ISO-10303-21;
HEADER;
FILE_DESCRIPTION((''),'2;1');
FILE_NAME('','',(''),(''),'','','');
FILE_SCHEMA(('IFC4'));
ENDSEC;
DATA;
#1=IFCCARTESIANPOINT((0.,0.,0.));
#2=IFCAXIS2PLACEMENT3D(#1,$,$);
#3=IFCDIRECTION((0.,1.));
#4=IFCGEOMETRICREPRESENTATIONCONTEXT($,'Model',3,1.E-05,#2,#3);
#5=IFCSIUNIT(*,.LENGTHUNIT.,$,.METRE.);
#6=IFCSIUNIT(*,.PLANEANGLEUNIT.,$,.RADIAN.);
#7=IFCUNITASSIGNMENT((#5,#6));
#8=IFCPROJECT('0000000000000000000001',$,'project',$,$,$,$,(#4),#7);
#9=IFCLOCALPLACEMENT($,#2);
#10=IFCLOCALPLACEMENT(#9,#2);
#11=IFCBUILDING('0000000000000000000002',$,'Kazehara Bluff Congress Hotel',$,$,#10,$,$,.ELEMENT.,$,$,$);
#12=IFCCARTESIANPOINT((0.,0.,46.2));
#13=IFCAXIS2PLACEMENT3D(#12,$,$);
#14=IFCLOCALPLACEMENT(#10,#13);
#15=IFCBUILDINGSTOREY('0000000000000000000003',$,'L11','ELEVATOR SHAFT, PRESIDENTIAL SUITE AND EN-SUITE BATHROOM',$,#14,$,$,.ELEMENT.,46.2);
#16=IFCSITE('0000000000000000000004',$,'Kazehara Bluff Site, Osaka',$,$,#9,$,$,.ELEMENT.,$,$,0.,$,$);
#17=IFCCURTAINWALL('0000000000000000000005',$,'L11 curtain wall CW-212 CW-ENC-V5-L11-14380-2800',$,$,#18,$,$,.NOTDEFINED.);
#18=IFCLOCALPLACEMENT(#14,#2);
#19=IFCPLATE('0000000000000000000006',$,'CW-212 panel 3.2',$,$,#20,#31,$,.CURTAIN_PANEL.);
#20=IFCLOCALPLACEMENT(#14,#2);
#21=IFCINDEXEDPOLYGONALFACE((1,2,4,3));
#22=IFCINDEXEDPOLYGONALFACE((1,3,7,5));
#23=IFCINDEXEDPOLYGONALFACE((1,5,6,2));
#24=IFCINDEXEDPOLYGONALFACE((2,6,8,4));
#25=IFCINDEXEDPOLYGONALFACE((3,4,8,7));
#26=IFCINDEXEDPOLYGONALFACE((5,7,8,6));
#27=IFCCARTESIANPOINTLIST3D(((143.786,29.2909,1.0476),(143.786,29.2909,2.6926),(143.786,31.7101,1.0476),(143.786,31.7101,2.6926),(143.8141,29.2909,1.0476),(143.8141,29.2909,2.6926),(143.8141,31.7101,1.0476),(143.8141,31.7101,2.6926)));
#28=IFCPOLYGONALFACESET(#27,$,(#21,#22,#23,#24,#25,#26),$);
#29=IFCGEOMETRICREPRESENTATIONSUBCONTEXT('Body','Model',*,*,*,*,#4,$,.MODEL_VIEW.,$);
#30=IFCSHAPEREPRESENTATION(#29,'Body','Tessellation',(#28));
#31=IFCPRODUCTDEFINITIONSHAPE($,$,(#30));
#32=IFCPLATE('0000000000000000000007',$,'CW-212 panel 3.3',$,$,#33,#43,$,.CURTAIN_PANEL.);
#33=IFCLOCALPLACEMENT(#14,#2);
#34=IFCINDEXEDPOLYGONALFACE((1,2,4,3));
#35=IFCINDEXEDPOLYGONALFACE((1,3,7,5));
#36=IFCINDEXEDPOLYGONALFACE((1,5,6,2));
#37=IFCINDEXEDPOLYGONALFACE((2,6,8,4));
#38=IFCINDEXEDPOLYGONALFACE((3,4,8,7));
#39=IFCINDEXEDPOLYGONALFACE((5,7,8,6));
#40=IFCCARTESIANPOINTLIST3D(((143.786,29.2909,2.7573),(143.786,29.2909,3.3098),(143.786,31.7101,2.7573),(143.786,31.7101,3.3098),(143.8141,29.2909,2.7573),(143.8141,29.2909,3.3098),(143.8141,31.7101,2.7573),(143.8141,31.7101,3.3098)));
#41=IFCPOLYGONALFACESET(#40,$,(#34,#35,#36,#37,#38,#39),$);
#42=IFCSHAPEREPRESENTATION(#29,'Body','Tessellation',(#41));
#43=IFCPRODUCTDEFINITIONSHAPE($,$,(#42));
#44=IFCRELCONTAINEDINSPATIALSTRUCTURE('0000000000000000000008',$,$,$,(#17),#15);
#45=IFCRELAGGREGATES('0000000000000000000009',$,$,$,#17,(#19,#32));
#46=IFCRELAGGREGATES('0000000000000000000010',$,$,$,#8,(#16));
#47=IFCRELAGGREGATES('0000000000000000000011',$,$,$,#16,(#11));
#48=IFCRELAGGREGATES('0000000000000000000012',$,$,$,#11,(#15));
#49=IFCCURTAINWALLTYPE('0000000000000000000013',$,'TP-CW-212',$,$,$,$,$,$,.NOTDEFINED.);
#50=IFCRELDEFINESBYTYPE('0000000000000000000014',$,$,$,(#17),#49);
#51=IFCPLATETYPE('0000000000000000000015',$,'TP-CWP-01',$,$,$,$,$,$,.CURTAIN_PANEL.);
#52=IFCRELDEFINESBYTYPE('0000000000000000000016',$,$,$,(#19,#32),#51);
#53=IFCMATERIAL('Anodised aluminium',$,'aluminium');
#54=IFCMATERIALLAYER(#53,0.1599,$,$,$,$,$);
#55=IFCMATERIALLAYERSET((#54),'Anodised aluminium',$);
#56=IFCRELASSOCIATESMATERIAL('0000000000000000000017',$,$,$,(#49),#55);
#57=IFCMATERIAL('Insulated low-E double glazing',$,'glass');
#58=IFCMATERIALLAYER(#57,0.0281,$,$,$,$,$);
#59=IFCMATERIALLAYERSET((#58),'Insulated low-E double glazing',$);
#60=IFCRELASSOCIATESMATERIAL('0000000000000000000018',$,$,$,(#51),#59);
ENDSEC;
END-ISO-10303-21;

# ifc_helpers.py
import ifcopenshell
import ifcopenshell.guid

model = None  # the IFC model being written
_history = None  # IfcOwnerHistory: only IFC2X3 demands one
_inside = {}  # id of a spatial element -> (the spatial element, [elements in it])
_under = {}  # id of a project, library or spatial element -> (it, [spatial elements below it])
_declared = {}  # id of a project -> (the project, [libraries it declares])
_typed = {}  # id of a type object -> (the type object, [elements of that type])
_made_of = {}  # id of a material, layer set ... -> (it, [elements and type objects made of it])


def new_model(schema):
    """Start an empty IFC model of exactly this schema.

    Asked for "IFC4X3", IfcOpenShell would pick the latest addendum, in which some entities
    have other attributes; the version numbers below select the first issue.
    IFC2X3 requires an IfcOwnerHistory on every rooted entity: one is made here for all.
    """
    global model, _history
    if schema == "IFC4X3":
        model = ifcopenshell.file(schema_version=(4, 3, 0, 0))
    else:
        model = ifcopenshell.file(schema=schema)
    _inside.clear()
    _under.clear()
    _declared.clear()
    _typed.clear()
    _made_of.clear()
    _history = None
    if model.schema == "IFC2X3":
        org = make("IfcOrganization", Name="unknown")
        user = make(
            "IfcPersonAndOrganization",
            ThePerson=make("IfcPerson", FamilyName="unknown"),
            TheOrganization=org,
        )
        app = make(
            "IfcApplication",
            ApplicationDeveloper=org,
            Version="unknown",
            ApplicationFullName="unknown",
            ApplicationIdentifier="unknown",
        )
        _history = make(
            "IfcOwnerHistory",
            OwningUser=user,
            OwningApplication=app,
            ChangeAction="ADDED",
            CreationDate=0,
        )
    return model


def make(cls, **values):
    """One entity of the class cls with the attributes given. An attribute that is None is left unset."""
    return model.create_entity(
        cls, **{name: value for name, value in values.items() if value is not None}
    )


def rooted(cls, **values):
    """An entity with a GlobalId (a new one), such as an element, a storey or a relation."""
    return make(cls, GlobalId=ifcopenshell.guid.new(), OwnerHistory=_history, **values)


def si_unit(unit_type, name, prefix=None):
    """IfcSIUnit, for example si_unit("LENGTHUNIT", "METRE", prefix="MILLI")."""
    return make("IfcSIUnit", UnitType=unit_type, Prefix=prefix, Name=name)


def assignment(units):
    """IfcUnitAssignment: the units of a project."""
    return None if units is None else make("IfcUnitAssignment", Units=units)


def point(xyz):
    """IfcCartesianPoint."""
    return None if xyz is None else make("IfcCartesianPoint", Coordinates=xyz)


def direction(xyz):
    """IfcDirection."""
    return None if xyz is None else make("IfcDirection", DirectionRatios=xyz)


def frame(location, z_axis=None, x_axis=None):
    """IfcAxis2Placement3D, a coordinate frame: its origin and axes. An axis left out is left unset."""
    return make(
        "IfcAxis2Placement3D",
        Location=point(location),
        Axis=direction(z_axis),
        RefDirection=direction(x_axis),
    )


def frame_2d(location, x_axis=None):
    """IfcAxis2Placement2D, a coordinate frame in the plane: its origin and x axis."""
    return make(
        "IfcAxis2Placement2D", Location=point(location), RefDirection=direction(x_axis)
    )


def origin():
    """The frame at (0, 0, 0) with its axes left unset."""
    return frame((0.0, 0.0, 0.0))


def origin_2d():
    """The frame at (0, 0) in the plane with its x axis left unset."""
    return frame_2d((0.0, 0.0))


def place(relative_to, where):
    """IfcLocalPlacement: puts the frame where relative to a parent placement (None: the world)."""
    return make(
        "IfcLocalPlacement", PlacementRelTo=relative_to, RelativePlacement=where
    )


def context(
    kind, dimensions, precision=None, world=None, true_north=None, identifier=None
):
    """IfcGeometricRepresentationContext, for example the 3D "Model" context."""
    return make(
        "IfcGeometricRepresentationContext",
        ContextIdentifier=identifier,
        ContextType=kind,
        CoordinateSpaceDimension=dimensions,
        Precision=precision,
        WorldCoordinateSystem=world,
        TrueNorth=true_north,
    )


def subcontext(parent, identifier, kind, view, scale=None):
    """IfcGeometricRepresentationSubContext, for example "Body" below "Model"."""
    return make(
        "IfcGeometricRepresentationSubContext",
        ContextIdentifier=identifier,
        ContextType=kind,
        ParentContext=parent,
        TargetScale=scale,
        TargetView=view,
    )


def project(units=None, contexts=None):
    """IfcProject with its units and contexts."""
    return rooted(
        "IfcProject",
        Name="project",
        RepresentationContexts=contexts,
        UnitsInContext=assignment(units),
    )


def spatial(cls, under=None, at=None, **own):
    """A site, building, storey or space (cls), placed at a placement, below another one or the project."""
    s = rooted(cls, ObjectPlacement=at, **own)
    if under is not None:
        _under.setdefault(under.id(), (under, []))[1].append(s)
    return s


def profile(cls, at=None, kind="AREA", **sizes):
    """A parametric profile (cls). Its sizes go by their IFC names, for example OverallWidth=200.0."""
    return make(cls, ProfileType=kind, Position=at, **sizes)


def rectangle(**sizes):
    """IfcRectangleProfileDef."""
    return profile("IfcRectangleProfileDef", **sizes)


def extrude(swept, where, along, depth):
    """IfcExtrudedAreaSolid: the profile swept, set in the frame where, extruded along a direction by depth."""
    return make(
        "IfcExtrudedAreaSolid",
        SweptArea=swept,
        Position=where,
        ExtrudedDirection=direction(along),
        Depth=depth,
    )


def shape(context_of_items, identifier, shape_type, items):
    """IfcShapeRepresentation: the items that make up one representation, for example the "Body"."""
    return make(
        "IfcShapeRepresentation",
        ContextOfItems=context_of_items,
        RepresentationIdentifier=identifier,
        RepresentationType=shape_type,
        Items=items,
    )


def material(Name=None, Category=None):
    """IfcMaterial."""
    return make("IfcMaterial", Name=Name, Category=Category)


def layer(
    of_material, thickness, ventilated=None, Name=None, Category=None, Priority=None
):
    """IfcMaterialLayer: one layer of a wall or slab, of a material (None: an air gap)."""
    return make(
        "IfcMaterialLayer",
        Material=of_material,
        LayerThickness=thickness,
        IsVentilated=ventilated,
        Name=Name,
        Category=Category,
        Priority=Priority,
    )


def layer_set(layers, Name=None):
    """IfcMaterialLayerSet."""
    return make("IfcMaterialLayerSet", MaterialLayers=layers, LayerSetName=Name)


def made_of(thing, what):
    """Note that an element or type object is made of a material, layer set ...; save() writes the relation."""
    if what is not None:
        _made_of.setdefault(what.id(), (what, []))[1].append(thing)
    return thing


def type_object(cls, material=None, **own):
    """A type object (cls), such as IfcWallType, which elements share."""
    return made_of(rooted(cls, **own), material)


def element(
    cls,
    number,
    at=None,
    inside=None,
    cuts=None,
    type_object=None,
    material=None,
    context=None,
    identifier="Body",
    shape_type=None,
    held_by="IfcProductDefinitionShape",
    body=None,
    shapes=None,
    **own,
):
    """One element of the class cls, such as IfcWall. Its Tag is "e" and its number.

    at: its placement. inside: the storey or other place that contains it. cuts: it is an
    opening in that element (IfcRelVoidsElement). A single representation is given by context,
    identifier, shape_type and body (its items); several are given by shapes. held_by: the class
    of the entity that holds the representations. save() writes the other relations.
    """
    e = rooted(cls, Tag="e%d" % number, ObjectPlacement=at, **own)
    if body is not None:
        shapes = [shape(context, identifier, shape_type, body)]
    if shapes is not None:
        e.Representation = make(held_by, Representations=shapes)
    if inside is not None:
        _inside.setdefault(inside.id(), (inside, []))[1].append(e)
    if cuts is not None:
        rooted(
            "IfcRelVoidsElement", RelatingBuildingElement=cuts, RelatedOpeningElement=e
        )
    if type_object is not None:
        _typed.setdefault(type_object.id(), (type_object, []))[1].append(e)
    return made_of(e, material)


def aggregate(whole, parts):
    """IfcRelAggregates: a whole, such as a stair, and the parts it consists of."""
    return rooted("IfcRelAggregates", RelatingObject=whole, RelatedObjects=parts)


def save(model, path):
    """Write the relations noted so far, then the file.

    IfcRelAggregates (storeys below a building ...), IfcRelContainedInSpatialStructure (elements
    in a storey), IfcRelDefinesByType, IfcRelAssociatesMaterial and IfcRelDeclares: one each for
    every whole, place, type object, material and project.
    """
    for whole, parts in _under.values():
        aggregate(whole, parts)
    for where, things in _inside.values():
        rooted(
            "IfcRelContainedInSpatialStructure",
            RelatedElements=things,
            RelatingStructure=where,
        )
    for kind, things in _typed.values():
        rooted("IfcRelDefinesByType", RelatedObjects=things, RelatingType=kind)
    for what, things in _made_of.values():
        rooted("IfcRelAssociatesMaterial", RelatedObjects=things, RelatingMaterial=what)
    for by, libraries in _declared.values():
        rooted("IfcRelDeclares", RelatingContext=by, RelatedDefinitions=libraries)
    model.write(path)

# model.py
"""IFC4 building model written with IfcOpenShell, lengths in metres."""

from ifc_helpers import new_model, si_unit, direction, frame, origin, origin_2d, place, context, subcontext, project, spatial, rectangle, extrude, material, layer, layer_set, type_object, element, aggregate, save


model = new_model("IFC4")

# Units and contexts
model_context = context("Model", 3, precision=1e-05, world=origin(), true_north=direction((0.0, 1.0)))
body_context = subcontext(model_context, "Body", "Model", "MODEL_VIEW")
ifc_project = project(units=[si_unit("LENGTHUNIT", "METRE"), si_unit("PLANEANGLEUNIT", "RADIAN")], contexts=[model_context])

# Site, building, storey
site_placement = place(None, origin())
site = spatial("IfcSite", under=ifc_project, at=site_placement, Name="Kazehara Bluff Site, Osaka", CompositionType="ELEMENT", RefElevation=0.0)
building_placement = place(site_placement, origin())
building = spatial("IfcBuilding", under=site, at=building_placement, Name="Kazehara Bluff Congress Hotel", CompositionType="ELEMENT")
storey_placement = place(building_placement, frame((0.0, 0.0, 46.2)))
storey = spatial("IfcBuildingStorey", under=building, at=storey_placement, Name="L11", Description="ELEVATOR SHAFT, PRESIDENTIAL SUITE AND EN-SUITE BATHROOM", CompositionType="ELEMENT", Elevation=46.2)

# Curtain wall
ifc_material_1 = material(Name="Anodised aluminium", Category="aluminium")
ifc_layer_1 = layer(ifc_material_1, 0.1599)
ifc_layer_set_1 = layer_set([ifc_layer_1], Name="Anodised aluminium")
curtain_wall_type_1 = type_object("IfcCurtainWallType", Name="TP-CW-212", PredefinedType="NOTDEFINED", material=ifc_layer_set_1)
curtain_wall_1_placement = place(storey_placement, origin())
curtain_wall_1 = element("IfcCurtainWall", 1, at=curtain_wall_1_placement, inside=storey, type_object=curtain_wall_type_1, Name="L11 curtain wall CW-212 CW-ENC-V5-L11-14380-2800", PredefinedType="NOTDEFINED")

# Plates
ifc_material_2 = material(Name="Insulated low-E double glazing", Category="glass")
ifc_layer_2 = layer(ifc_material_2, 0.0281)
ifc_layer_set_2 = layer_set([ifc_layer_2], Name="Insulated low-E double glazing")
plate_type = type_object("IfcPlateType", Name="TP-CWP-01", PredefinedType="CURTAIN_PANEL", material=ifc_layer_set_2)
plate_1_placement = place(storey_placement, frame((143.8, 30.5005, 1.0476), z_axis=(0.0, 0.0, 1.0), x_axis=(0.0, 1.0, 0.0)))
plate_1 = element("IfcPlate", 2, at=plate_1_placement, type_object=plate_type, Name="CW-212 panel 3.2", PredefinedType="CURTAIN_PANEL", context=body_context, shape_type="SweptSolid", body=[
    extrude(rectangle(XDim=2.4192, YDim=0.0281, at=origin_2d()), origin(), (0.0, 0.0, 1.0), 1.645),
])
plate_2_placement = place(storey_placement, frame((143.8, 30.5005, 2.7573), z_axis=(0.0, 0.0, 1.0), x_axis=(0.0, 1.0, 0.0)))
plate_2 = element("IfcPlate", 3, at=plate_2_placement, type_object=plate_type, Name="CW-212 panel 3.3", PredefinedType="CURTAIN_PANEL", context=body_context, shape_type="SweptSolid", body=[
    extrude(rectangle(XDim=2.4192, YDim=0.0281, at=origin_2d()), origin(), (0.0, 0.0, 1.0), 0.5525),
])
aggregate(curtain_wall_1, [plate_1, plate_2])

save(model, "model.ifc")
